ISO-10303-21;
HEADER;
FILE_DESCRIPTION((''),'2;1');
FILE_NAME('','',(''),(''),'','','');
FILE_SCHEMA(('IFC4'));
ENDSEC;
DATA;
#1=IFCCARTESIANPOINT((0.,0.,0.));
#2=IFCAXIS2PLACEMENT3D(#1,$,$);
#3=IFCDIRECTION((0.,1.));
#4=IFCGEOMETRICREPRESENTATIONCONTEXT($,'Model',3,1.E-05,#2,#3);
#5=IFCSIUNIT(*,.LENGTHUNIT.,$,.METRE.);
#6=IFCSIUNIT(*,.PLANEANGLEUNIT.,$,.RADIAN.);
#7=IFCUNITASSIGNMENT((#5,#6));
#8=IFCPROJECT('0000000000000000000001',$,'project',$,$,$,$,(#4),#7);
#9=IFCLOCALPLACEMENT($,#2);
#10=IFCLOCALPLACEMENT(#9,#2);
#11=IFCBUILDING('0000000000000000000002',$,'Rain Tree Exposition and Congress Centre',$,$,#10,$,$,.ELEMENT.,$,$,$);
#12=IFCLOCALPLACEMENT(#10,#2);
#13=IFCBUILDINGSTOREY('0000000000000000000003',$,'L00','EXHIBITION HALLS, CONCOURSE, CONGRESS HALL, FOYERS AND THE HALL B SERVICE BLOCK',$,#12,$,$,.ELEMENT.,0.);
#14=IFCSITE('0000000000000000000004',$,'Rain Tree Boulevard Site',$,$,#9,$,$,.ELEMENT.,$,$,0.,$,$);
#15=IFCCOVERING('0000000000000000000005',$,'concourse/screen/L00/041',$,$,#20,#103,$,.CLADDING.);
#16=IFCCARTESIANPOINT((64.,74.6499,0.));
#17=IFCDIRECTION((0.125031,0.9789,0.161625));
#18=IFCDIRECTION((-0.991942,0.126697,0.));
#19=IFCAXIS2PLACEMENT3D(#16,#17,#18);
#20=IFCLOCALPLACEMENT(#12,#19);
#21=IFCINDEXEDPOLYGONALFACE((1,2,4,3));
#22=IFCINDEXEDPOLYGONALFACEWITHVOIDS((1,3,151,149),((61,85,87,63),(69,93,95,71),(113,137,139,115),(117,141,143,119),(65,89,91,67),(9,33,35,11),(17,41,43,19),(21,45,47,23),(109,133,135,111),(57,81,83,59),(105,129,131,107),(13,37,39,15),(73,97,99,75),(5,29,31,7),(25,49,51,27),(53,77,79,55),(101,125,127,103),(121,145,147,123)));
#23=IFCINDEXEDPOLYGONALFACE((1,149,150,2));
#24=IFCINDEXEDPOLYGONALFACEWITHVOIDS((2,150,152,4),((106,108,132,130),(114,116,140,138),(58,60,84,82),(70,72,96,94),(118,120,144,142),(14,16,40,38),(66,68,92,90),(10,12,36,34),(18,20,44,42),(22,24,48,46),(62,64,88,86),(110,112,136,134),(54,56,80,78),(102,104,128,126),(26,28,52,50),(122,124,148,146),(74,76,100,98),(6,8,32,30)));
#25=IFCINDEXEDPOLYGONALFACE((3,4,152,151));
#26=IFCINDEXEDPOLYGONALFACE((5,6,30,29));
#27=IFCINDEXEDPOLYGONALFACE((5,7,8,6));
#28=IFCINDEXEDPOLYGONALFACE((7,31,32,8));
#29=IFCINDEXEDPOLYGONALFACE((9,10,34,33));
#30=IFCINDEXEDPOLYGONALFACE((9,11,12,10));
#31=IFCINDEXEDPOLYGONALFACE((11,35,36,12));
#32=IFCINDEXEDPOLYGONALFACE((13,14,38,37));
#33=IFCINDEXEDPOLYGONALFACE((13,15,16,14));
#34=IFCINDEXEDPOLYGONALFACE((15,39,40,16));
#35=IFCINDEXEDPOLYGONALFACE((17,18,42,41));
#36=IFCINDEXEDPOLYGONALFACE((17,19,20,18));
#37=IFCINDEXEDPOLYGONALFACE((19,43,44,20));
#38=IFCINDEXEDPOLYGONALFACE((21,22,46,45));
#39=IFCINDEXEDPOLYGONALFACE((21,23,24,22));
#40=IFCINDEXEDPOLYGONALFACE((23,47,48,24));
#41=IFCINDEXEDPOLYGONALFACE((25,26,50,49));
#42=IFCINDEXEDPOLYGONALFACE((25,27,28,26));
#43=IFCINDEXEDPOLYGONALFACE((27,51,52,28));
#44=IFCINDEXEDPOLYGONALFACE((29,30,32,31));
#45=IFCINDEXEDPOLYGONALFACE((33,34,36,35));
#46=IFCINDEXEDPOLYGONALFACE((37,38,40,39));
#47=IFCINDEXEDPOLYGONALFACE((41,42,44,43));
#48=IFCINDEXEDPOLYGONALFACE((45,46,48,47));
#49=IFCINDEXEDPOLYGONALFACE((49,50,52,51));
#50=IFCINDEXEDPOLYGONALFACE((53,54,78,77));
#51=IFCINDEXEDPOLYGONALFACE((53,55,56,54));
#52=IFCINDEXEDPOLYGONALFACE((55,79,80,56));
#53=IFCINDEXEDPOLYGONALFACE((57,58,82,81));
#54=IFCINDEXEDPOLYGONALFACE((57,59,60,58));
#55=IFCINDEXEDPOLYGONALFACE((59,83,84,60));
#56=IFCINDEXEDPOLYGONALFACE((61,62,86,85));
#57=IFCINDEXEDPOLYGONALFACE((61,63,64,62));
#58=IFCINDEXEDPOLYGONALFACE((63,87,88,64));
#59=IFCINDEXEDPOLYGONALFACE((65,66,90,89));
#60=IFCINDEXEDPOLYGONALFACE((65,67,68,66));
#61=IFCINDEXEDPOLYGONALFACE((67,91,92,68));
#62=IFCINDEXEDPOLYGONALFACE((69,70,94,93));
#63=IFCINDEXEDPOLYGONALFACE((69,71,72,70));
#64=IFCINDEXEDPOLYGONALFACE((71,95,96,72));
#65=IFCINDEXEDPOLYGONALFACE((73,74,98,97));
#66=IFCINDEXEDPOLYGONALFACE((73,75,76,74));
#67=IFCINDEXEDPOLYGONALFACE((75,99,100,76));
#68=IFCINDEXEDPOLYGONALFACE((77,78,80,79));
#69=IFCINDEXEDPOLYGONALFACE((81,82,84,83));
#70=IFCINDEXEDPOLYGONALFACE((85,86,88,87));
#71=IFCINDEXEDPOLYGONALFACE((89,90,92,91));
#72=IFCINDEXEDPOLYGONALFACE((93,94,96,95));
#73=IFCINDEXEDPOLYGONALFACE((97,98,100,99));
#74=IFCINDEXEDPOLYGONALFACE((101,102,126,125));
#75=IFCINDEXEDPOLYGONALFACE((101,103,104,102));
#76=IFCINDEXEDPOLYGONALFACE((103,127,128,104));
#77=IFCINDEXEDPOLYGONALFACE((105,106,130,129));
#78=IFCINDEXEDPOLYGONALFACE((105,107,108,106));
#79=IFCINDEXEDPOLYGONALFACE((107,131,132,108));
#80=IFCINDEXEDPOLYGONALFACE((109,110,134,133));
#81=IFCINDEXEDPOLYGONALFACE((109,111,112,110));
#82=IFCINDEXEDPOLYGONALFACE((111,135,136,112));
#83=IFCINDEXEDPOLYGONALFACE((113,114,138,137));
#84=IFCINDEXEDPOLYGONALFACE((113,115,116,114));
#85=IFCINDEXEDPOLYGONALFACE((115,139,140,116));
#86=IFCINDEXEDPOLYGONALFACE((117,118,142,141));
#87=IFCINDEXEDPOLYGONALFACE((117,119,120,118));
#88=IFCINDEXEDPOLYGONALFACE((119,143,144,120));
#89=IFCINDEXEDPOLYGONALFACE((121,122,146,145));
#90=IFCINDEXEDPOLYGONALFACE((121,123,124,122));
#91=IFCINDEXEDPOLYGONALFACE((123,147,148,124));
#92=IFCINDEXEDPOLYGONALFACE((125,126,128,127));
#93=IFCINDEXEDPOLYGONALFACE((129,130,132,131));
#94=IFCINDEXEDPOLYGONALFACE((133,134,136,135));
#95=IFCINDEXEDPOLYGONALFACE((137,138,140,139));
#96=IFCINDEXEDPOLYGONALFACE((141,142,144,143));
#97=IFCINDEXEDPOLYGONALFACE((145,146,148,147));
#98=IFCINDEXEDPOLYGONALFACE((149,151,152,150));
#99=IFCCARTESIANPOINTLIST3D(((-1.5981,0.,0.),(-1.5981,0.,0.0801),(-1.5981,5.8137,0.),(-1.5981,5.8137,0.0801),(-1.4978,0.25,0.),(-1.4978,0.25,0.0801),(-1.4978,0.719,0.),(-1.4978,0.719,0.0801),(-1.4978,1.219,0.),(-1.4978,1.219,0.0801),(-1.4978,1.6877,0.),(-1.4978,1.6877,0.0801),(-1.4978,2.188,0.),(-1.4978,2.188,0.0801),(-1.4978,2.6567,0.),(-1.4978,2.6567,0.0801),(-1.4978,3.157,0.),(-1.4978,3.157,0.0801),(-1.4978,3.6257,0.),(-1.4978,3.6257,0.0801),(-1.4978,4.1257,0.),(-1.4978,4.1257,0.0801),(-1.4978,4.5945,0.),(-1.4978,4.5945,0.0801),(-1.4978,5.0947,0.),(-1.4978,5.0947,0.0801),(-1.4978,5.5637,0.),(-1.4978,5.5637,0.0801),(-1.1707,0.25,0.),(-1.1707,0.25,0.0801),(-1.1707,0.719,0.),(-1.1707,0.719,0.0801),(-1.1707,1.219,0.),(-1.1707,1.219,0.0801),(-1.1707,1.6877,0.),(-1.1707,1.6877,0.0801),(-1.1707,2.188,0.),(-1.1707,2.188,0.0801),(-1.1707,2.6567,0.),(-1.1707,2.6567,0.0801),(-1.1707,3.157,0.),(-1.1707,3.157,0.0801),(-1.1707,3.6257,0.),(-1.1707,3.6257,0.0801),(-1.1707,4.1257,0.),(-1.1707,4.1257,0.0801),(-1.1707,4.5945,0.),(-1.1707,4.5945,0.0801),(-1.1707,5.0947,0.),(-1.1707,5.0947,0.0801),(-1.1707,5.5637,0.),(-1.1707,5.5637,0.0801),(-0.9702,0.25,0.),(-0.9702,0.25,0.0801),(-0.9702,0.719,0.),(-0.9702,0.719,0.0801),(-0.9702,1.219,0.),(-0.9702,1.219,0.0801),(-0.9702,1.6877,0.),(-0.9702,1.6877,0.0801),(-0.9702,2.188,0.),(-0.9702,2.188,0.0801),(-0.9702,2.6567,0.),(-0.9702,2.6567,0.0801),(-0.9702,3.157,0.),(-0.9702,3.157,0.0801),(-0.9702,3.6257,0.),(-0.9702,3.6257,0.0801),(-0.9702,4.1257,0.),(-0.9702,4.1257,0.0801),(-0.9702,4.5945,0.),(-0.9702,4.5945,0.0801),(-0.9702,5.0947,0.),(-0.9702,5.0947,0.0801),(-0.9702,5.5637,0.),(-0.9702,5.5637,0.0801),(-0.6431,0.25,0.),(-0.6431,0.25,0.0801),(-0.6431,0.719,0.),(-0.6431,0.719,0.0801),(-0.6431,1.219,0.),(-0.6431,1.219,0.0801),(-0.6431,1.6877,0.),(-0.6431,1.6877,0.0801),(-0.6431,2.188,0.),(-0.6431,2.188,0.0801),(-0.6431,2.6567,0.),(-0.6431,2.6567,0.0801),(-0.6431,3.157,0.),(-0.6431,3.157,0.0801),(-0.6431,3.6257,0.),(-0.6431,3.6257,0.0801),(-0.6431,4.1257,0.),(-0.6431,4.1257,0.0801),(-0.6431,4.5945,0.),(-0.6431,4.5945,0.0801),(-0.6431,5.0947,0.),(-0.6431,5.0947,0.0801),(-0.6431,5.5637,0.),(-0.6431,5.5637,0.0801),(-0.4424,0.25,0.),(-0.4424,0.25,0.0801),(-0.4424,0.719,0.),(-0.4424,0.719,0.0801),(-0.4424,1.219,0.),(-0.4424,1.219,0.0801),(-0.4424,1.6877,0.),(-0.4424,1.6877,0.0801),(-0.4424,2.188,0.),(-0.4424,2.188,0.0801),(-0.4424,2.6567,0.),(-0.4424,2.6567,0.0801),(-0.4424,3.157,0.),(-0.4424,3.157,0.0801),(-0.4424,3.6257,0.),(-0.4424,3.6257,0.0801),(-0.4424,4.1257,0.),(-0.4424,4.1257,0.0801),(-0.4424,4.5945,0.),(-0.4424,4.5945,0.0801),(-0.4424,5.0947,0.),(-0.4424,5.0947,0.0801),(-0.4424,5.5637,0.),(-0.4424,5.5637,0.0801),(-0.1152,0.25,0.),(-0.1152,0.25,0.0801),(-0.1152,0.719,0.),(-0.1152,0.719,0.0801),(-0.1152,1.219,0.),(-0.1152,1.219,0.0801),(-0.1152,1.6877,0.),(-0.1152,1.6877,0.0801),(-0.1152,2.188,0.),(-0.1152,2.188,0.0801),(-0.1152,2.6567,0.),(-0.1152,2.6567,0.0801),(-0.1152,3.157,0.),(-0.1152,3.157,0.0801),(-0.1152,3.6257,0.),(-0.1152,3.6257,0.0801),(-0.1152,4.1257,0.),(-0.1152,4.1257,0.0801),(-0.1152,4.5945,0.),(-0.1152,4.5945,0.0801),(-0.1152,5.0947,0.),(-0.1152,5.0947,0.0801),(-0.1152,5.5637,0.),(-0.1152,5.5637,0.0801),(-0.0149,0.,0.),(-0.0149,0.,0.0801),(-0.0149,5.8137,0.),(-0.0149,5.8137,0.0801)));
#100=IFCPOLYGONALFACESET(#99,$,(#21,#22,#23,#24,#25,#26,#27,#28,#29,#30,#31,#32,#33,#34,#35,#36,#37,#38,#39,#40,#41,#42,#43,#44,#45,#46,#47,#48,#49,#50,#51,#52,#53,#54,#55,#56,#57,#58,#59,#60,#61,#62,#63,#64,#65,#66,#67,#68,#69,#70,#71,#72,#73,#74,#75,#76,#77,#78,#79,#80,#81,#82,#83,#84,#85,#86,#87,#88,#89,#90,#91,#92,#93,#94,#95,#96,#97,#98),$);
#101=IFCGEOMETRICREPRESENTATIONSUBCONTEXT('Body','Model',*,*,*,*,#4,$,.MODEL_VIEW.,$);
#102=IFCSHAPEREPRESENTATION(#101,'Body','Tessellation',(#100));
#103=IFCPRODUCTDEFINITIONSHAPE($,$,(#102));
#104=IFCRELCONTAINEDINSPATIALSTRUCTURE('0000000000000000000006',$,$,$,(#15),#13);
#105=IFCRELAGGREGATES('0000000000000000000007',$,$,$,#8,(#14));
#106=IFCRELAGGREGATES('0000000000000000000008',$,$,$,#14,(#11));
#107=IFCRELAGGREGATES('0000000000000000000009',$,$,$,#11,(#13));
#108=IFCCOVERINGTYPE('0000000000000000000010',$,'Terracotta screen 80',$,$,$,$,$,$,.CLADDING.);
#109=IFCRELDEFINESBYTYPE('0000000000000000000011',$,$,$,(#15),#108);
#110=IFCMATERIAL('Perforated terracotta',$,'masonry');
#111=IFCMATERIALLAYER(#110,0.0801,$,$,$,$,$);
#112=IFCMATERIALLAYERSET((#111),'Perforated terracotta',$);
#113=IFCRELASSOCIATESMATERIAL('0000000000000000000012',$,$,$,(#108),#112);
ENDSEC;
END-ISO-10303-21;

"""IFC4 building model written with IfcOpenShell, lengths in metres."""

from ifc_helpers import new_model, si_unit, direction, frame, origin, place, context, subcontext, project, spatial, polyline, outline, extrude, material, layer, layer_set, type_object, element, save


model = new_model("IFC4")

# Units and contexts
model_context = context("Model", 3, precision=1e-05, world=origin(), true_north=direction((0.0, 1.0)))
body_context = subcontext(model_context, "Body", "Model", "MODEL_VIEW")
ifc_project = project(units=[si_unit("LENGTHUNIT", "METRE"), si_unit("PLANEANGLEUNIT", "RADIAN")], contexts=[model_context])

# Site, building, storey
site_placement = place(None, origin())
site = spatial("IfcSite", under=ifc_project, at=site_placement, Name="Rain Tree Boulevard Site", CompositionType="ELEMENT", RefElevation=0.0)
building_placement = place(site_placement, origin())
building = spatial("IfcBuilding", under=site, at=building_placement, Name="Rain Tree Exposition and Congress Centre", CompositionType="ELEMENT")
storey_placement = place(building_placement, origin())
storey = spatial("IfcBuildingStorey", under=building, at=storey_placement, Name="L00", Description="EXHIBITION HALLS, CONCOURSE, CONGRESS HALL, FOYERS AND THE HALL B SERVICE BLOCK", CompositionType="ELEMENT", Elevation=0.0)

# Covering
ifc_material_1 = material(Name="Perforated terracotta", Category="masonry")
ifc_layer_1 = layer(ifc_material_1, 0.0801)
ifc_layer_set_1 = layer_set([ifc_layer_1], Name="Perforated terracotta")
covering_type_1 = type_object("IfcCoveringType", Name="Terracotta screen 80", PredefinedType="CLADDING", material=ifc_layer_set_1)
covering_1_placement = place(storey_placement, frame((64.0, 74.6499, 0.0), z_axis=(0.125031, 0.9789, 0.161625), x_axis=(-0.991942, 0.126697, 0.0)))
element("IfcCovering", 1, at=covering_1_placement, inside=storey, type_object=covering_type_1, Name="concourse/screen/L00/041", PredefinedType="CLADDING", context=body_context, shape_type="SweptSolid", body=[
    extrude(outline(polyline([(-0.0149, 0.0), (-1.5981, 0.0), (-1.5981, 5.8137), (-0.0149, 5.8137), (-0.0149, 0.0)]), holes=[polyline([(-0.1152, 0.25), (-0.1152, 0.719), (-0.4424, 0.719), (-0.4424, 0.25), (-0.1152, 0.25)]), polyline([(-0.1152, 1.219), (-0.1152, 1.6877), (-0.4424, 1.6877), (-0.4424, 1.219), (-0.1152, 1.219)]), polyline([(-0.1152, 2.188), (-0.1152, 2.6567), (-0.4424, 2.6567), (-0.4424, 2.188), (-0.1152, 2.188)]), polyline([(-0.1152, 3.157), (-0.1152, 3.6257), (-0.4424, 3.6257), (-0.4424, 3.157), (-0.1152, 3.157)]), polyline([(-0.1152, 4.1257), (-0.1152, 4.5945), (-0.4424, 4.5945), (-0.4424, 4.1257), (-0.1152, 4.1257)]), polyline([(-0.1152, 5.0947), (-0.1152, 5.5637), (-0.4424, 5.5637), (-0.4424, 5.0947), (-0.1152, 5.0947)]), polyline([(-0.6431, 0.25), (-0.6431, 0.719), (-0.9702, 0.719), (-0.9702, 0.25), (-0.6431, 0.25)]), polyline([(-0.6431, 1.219), (-0.6431, 1.6877), (-0.9702, 1.6877), (-0.9702, 1.219), (-0.6431, 1.219)]), polyline([(-0.6431, 2.188), (-0.6431, 2.6567), (-0.9702, 2.6567), (-0.9702, 2.188), (-0.6431, 2.188)]), polyline([(-0.6431, 3.157), (-0.6431, 3.6257), (-0.9702, 3.6257), (-0.9702, 3.157), (-0.6431, 3.157)]), polyline([(-0.6431, 4.1257), (-0.6431, 4.5945), (-0.9702, 4.5945), (-0.9702, 4.1257), (-0.6431, 4.1257)]), polyline([(-0.6431, 5.0947), (-0.6431, 5.5637), (-0.9702, 5.5637), (-0.9702, 5.0947), (-0.6431, 5.0947)]), polyline([(-1.1707, 0.25), (-1.1707, 0.719), (-1.4978, 0.719), (-1.4978, 0.25), (-1.1707, 0.25)]), polyline([(-1.1707, 1.219), (-1.1707, 1.6877), (-1.4978, 1.6877), (-1.4978, 1.219), (-1.1707, 1.219)]), polyline([(-1.1707, 2.188), (-1.1707, 2.6567), (-1.4978, 2.6567), (-1.4978, 2.188), (-1.1707, 2.188)]), polyline([(-1.1707, 3.157), (-1.1707, 3.6257), (-1.4978, 3.6257), (-1.4978, 3.157), (-1.1707, 3.157)]), polyline([(-1.1707, 4.1257), (-1.1707, 4.5945), (-1.4978, 4.5945), (-1.4978, 4.1257), (-1.1707, 4.1257)]), polyline([(-1.1707, 5.0947), (-1.1707, 5.5637), (-1.4978, 5.5637), (-1.4978, 5.0947), (-1.1707, 5.0947)])]), origin(), (0.0, 0.0, 1.0), 0.0801),
])

save(model, "model.ifc")
